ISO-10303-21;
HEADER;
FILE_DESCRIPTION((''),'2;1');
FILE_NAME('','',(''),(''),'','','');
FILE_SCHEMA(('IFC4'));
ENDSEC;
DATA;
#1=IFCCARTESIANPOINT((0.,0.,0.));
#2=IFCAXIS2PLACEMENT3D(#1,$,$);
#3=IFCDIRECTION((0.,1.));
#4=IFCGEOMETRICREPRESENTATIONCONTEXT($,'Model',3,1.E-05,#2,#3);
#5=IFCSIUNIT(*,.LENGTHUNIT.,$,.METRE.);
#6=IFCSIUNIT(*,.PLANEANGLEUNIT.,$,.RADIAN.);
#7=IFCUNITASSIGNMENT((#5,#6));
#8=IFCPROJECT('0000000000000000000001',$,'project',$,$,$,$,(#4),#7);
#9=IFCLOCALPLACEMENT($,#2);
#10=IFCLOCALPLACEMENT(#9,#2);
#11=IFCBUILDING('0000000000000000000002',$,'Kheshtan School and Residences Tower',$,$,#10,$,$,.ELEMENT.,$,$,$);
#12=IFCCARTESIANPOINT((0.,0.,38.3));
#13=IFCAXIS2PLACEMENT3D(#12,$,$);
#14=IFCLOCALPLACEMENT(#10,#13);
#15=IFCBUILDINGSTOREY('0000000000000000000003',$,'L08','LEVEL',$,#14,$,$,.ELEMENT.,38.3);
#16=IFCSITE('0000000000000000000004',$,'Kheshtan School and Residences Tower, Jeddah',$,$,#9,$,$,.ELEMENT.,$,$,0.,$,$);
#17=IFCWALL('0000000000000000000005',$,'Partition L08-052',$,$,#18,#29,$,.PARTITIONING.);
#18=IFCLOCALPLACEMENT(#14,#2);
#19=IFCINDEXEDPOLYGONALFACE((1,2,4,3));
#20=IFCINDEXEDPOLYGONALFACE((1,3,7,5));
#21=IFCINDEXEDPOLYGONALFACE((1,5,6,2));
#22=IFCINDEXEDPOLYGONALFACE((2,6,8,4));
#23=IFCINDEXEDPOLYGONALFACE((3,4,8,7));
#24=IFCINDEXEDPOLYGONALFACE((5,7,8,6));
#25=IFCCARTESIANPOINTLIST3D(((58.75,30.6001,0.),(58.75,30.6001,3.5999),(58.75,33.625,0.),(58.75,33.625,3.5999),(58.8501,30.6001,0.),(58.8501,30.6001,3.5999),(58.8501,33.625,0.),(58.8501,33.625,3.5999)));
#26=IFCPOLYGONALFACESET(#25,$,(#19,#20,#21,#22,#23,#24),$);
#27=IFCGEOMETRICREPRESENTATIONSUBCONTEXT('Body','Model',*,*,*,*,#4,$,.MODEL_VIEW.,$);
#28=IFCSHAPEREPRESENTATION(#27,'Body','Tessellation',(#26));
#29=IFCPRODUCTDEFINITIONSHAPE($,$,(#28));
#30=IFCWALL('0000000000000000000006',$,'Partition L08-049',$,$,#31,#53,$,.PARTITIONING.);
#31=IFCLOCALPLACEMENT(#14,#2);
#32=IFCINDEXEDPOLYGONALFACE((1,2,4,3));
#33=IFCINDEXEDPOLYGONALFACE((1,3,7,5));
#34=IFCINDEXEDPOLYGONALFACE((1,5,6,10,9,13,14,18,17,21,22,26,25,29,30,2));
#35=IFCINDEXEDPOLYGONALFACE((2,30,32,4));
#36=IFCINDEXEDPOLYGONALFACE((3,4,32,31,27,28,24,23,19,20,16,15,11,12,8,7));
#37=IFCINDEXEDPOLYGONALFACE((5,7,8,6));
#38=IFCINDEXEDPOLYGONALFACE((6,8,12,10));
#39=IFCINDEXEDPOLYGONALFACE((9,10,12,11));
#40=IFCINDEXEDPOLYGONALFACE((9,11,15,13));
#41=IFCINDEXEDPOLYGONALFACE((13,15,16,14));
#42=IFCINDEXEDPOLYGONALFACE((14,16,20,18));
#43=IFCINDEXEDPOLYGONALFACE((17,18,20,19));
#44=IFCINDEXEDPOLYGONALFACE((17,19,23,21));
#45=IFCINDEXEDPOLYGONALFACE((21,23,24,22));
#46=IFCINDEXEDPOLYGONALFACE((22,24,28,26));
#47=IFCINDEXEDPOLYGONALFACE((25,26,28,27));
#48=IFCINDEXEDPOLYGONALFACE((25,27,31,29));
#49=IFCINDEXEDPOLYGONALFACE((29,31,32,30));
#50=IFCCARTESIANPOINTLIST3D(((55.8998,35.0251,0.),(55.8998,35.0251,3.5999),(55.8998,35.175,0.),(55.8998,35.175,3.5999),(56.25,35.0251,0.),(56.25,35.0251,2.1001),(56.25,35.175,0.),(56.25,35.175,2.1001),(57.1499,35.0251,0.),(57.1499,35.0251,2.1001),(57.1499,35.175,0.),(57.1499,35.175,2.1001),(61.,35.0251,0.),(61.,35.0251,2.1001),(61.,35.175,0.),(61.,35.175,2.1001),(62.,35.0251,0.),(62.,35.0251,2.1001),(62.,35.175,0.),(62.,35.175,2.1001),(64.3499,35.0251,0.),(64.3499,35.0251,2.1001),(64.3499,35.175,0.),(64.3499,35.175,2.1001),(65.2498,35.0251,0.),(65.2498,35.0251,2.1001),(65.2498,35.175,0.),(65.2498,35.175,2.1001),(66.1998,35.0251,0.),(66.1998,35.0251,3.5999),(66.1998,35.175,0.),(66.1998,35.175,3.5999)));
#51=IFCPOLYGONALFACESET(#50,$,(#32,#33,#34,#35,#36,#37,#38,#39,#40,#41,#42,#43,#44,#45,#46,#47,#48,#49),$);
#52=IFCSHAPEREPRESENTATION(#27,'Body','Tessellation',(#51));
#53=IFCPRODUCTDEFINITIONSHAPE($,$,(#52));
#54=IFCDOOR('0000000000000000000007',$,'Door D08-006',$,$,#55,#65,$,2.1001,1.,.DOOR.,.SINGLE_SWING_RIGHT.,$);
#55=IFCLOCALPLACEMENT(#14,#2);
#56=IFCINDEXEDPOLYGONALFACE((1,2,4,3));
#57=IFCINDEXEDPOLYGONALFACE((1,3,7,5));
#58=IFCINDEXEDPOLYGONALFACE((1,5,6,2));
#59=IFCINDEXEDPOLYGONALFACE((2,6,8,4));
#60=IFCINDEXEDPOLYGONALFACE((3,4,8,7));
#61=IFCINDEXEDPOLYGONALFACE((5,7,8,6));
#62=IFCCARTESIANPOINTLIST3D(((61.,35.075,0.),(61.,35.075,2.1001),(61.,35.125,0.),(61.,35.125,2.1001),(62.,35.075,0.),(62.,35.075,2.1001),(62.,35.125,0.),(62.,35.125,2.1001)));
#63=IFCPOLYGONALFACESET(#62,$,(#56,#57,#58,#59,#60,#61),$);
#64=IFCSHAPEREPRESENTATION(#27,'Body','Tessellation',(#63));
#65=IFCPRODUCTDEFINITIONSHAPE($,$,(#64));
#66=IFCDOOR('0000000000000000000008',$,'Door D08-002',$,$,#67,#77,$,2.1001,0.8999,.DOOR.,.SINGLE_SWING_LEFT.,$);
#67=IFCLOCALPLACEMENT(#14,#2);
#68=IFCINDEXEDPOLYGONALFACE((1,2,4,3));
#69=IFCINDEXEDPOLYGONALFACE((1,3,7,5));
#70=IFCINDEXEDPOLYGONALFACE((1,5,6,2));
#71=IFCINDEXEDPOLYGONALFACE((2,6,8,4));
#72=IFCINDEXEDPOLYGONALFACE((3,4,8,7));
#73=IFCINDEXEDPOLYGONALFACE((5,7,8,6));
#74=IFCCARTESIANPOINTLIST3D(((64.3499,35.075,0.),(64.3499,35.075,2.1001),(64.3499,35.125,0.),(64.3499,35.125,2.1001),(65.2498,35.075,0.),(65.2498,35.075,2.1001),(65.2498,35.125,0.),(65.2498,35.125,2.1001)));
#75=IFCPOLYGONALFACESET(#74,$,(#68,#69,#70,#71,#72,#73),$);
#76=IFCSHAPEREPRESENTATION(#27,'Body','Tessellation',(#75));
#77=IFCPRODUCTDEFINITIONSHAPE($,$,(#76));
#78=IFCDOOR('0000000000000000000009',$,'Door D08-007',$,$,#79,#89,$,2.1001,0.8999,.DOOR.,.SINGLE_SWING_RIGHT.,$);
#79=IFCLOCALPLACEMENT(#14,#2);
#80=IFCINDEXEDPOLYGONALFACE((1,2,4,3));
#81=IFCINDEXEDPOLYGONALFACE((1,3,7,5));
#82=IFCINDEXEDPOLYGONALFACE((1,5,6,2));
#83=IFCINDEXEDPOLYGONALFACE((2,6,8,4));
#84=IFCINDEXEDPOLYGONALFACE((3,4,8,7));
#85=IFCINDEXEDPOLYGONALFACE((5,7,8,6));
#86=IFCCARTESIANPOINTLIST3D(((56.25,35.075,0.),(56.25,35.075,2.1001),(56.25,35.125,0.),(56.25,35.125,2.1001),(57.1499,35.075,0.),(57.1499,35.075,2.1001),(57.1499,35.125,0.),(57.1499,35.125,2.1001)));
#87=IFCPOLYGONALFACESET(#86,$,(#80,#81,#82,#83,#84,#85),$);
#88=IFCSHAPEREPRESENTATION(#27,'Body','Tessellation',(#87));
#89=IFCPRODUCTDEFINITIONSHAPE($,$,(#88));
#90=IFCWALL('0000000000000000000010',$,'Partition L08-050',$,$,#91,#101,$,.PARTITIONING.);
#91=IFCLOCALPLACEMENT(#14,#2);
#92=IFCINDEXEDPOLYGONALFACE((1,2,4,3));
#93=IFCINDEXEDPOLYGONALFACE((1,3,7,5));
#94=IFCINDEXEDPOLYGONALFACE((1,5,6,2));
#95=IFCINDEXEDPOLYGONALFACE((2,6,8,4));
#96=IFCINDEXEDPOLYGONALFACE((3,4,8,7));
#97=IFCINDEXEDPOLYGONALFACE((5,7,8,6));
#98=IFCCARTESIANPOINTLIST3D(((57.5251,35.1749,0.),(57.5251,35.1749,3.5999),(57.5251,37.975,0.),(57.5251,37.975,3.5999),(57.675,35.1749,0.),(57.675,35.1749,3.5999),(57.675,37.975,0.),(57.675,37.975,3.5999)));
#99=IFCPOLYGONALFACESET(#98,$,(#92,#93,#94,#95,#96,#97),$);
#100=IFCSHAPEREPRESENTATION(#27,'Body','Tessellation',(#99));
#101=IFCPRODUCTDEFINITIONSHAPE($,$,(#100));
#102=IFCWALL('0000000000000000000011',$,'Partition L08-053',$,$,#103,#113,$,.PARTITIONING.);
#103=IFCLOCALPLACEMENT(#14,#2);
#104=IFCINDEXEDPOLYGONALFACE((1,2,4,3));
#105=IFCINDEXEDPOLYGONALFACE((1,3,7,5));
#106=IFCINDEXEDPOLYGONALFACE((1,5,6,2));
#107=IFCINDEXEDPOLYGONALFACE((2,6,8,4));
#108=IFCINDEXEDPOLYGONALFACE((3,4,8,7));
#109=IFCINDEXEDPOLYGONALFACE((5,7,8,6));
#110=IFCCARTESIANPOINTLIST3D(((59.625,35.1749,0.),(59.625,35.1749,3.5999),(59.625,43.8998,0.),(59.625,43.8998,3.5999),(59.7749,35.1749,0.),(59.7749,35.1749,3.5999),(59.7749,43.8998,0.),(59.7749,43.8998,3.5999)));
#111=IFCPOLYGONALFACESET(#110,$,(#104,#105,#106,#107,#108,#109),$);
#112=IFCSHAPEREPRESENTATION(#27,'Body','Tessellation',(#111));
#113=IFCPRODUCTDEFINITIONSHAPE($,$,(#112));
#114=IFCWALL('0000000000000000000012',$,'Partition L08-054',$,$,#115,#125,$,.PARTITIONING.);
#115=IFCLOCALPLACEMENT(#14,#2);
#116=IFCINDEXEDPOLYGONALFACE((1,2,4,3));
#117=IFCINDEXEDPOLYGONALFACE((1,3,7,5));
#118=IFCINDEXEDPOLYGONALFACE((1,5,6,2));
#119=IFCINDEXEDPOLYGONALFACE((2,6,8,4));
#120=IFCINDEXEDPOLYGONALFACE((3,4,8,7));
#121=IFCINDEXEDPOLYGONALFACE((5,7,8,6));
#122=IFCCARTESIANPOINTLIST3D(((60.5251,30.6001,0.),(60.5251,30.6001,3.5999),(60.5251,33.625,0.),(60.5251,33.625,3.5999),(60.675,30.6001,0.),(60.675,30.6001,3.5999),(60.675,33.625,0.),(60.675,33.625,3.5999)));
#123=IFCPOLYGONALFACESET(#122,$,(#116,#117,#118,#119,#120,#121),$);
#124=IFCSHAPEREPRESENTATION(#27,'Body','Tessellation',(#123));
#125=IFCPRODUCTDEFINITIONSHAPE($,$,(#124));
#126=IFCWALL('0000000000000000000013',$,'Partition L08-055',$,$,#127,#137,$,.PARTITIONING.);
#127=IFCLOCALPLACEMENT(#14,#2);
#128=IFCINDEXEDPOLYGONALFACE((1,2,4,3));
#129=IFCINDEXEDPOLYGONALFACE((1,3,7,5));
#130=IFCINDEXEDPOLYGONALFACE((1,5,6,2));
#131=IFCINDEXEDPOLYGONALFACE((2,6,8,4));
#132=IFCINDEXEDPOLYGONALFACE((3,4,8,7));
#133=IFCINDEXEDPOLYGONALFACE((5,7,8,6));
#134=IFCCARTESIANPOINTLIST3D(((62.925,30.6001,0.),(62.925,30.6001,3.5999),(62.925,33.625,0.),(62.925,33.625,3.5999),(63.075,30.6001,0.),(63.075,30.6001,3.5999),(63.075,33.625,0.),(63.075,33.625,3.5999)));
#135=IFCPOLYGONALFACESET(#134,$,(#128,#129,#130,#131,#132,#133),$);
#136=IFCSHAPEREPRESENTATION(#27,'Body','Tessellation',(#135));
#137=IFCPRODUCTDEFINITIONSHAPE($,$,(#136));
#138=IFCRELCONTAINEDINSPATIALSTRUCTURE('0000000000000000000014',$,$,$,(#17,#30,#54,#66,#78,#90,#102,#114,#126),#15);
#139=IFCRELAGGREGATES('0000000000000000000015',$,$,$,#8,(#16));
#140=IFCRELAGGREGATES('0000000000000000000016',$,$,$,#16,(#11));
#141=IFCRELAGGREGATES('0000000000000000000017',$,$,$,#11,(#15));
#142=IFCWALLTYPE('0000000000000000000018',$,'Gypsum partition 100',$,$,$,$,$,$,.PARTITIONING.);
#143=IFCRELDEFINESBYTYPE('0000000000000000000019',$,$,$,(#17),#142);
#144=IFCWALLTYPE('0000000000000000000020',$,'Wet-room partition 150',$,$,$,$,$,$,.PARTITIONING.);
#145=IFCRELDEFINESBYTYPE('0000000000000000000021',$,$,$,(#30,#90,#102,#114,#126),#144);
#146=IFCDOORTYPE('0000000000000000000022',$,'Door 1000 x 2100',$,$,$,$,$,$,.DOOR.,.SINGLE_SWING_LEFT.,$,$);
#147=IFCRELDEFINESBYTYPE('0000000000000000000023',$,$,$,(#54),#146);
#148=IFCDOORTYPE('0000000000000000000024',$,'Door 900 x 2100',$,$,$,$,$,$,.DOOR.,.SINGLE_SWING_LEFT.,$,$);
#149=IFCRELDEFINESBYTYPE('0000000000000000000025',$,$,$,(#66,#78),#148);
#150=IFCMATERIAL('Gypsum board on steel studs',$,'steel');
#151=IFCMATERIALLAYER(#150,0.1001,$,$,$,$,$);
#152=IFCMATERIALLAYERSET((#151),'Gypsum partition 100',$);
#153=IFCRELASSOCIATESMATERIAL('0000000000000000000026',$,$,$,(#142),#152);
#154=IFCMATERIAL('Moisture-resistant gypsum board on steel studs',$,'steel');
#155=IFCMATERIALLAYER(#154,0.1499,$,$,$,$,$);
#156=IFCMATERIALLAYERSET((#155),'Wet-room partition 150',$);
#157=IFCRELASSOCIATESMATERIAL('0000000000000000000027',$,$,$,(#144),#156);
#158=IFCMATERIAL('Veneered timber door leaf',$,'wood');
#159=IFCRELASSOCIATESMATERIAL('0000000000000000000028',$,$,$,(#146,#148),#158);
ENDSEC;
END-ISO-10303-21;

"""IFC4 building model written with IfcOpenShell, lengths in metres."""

from ifc_helpers import new_model, si_unit, direction, frame, frame_2d, origin, place, context, subcontext, project, spatial, rectangle, extrude, source, transform, mapped, material, layer, layer_set, type_object, element, fill, save


model = new_model("IFC4")

# Units and contexts
model_context = context("Model", 3, precision=1e-05, world=origin(), true_north=direction((0.0, 1.0)))
body_context = subcontext(model_context, "Body", "Model", "MODEL_VIEW")
ifc_project = project(units=[si_unit("LENGTHUNIT", "METRE"), si_unit("PLANEANGLEUNIT", "RADIAN")], contexts=[model_context])

# Site, building, storey
site_placement = place(None, origin())
site = spatial("IfcSite", under=ifc_project, at=site_placement, Name="Kheshtan School and Residences Tower, Jeddah", CompositionType="ELEMENT", RefElevation=0.0)
building_placement = place(site_placement, origin())
building = spatial("IfcBuilding", under=site, at=building_placement, Name="Kheshtan School and Residences Tower", CompositionType="ELEMENT")
storey_placement = place(building_placement, frame((0.0, 0.0, 38.3)))
storey = spatial("IfcBuildingStorey", under=building, at=storey_placement, Name="L08", Description="LEVEL", CompositionType="ELEMENT", Elevation=38.3)

# Wall
ifc_material_1 = material(Name="Gypsum board on steel studs", Category="steel")
ifc_layer_1 = layer(ifc_material_1, 0.1001)
ifc_layer_set_1 = layer_set([ifc_layer_1], Name="Gypsum partition 100")
wall_type_1 = type_object("IfcWallType", Name="Gypsum partition 100", PredefinedType="PARTITIONING", material=ifc_layer_set_1)
wall_1_placement = place(storey_placement, frame((58.8, 30.6001, 0.0), z_axis=(0.0, 0.0, 1.0), x_axis=(0.0, 1.0, 0.0)))
element("IfcWall", 1, at=wall_1_placement, inside=storey, type_object=wall_type_1, Name="Partition L08-052", PredefinedType="PARTITIONING", context=body_context, shape_type="SweptSolid", body=[
    extrude(rectangle(XDim=3.0249, YDim=0.1001, at=frame_2d((1.5125, 0.0))), origin(), (0.0, 0.0, 1.0), 3.5999),
])

# Wall, openings, doors
ifc_material_2 = material(Name="Moisture-resistant gypsum board on steel studs", Category="steel")
ifc_layer_2 = layer(ifc_material_2, 0.1499)
ifc_layer_set_2 = layer_set([ifc_layer_2], Name="Wet-room partition 150")
wall_type_2 = type_object("IfcWallType", Name="Wet-room partition 150", PredefinedType="PARTITIONING", material=ifc_layer_set_2)
wall_2_placement = place(storey_placement, frame((55.8999, 35.1001, 0.0), z_axis=(0.0, 0.0, 1.0), x_axis=(1.0, 0.0, 0.0)))
wall_2 = element("IfcWall", 2, at=wall_2_placement, inside=storey, type_object=wall_type_2, Name="Partition L08-049", PredefinedType="PARTITIONING", context=body_context, shape_type="SweptSolid", body=[
    extrude(rectangle(XDim=10.3, YDim=0.1499, at=frame_2d((5.1499, 0.0))), origin(), (0.0, 0.0, 1.0), 3.5999),
])
opening_1_placement = place(wall_2_placement, frame((8.45, 0.0, 0.0)))
opening_1 = element("IfcOpeningElement", 3, at=opening_1_placement, cuts=wall_2, PredefinedType="OPENING", context=body_context, shape_type="SweptSolid", body=[
    extrude(rectangle(XDim=0.8999, YDim=2.1001, at=frame_2d((0.45, 1.05))), frame((0.0, 0.085, 0.0), z_axis=(0.0, -1.0, 0.0), x_axis=(1.0, 0.0, 0.0)), (0.0, 0.0, 1.0), 0.1699),
])
opening_2_placement = place(wall_2_placement, frame((5.1001, 0.0, 0.0)))
opening_2 = element("IfcOpeningElement", 4, at=opening_2_placement, cuts=wall_2, PredefinedType="OPENING", context=body_context, shape_type="SweptSolid", body=[
    extrude(rectangle(XDim=1.0, YDim=2.1001, at=frame_2d((0.5, 1.05))), frame((0.0, 0.085, 0.0), z_axis=(0.0, -1.0, 0.0), x_axis=(1.0, 0.0, 0.0)), (0.0, 0.0, 1.0), 0.1699),
])
opening_3_placement = place(wall_2_placement, frame((0.3501, 0.0, 0.0)))
opening_3 = element("IfcOpeningElement", 5, at=opening_3_placement, cuts=wall_2, PredefinedType="OPENING", context=body_context, shape_type="SweptSolid", body=[
    extrude(rectangle(XDim=0.8999, YDim=2.1001, at=frame_2d((0.45, 1.05))), frame((0.0, 0.085, 0.0), z_axis=(0.0, -1.0, 0.0), x_axis=(1.0, 0.0, 0.0)), (0.0, 0.0, 1.0), 0.1699),
])
ifc_material_3 = material(Name="Veneered timber door leaf", Category="wood")
door_type_1 = type_object("IfcDoorType", Name="Door 1000 x 2100", OperationType="SINGLE_SWING_LEFT", PredefinedType="DOOR", material=ifc_material_3)
shared_shape_1 = source(origin(), body_context, "Body", "SweptSolid", [
    extrude(rectangle(XDim=1.0, YDim=2.1001, at=frame_2d((0.5, 1.05))), frame((0.0, 0.0249, 0.0), z_axis=(0.0, -1.0, 0.0), x_axis=(1.0, 0.0, 0.0)), (0.0, 0.0, 1.0), 0.05),
])
door_1_placement = place(opening_2_placement, origin())
door_1 = element("IfcDoor", 6, at=door_1_placement, inside=storey, type_object=door_type_1, Name="Door D08-006", OperationType="SINGLE_SWING_RIGHT", OverallHeight=2.1001, OverallWidth=1.0, PredefinedType="DOOR", context=body_context, shape_type="MappedRepresentation", body=[
    mapped(shared_shape_1, transform((0.0, 0.0, 0.0), x_axis=(1.0, 0.0, 0.0), y_axis=(0.0, 1.0, 0.0), z_axis=(0.0, 0.0, 1.0), scale=1.0)),
])
fill(opening_2, door_1)
door_type_2 = type_object("IfcDoorType", Name="Door 900 x 2100", OperationType="SINGLE_SWING_LEFT", PredefinedType="DOOR", material=ifc_material_3)
shared_shape_2 = source(origin(), body_context, "Body", "SweptSolid", [
    extrude(rectangle(XDim=0.8999, YDim=2.1001, at=frame_2d((0.45, 1.05))), frame((0.0, 0.0249, 0.0), z_axis=(0.0, -1.0, 0.0), x_axis=(1.0, 0.0, 0.0)), (0.0, 0.0, 1.0), 0.05),
])
door_2_placement = place(opening_1_placement, origin())
door_2 = element("IfcDoor", 7, at=door_2_placement, inside=storey, type_object=door_type_2, Name="Door D08-002", OperationType="SINGLE_SWING_LEFT", OverallHeight=2.1001, OverallWidth=0.8999, PredefinedType="DOOR", context=body_context, shape_type="MappedRepresentation", body=[
    mapped(shared_shape_2, transform((0.0, 0.0, 0.0), x_axis=(1.0, 0.0, 0.0), y_axis=(0.0, 1.0, 0.0), z_axis=(0.0, 0.0, 1.0), scale=1.0)),
])
fill(opening_1, door_2)
door_3_placement = place(opening_3_placement, origin())
door_3 = element("IfcDoor", 8, at=door_3_placement, inside=storey, type_object=door_type_2, Name="Door D08-007", OperationType="SINGLE_SWING_RIGHT", OverallHeight=2.1001, OverallWidth=0.8999, PredefinedType="DOOR", context=body_context, shape_type="MappedRepresentation", body=[
    mapped(shared_shape_2, transform((0.0, 0.0, 0.0), x_axis=(1.0, 0.0, 0.0), y_axis=(0.0, 1.0, 0.0), z_axis=(0.0, 0.0, 1.0), scale=1.0)),
])
fill(opening_3, door_3)

# Walls
wall_3_placement = place(storey_placement, frame((57.6001, 35.175, 0.0), z_axis=(0.0, 0.0, 1.0), x_axis=(0.0, 1.0, 0.0)))
element("IfcWall", 9, at=wall_3_placement, inside=storey, type_object=wall_type_2, Name="Partition L08-050", PredefinedType="PARTITIONING", context=body_context, shape_type="SweptSolid", body=[
    extrude(rectangle(XDim=2.8, YDim=0.1499, at=frame_2d((1.3999, 0.0))), origin(), (0.0, 0.0, 1.0), 3.5999),
])
wall_4_placement = place(storey_placement, frame((59.7, 35.175, 0.0), z_axis=(0.0, 0.0, 1.0), x_axis=(0.0, 1.0, 0.0)))
element("IfcWall", 10, at=wall_4_placement, inside=storey, type_object=wall_type_2, Name="Partition L08-053", PredefinedType="PARTITIONING", context=body_context, shape_type="SweptSolid", body=[
    extrude(rectangle(XDim=8.7249, YDim=0.1499, at=frame_2d((4.3623, 0.0))), origin(), (0.0, 0.0, 1.0), 3.5999),
])
for number, where, z_axis, x_axis, name in (
    (11, (60.6001, 30.6001, 0.0), (0.0, 0.0, 1.0), (0.0, 1.0, 0.0), "Partition L08-054"),
    (12, (63.0, 30.6001, 0.0), (0.0, 0.0, 1.0), (0.0, 1.0, 0.0), "Partition L08-055"),
):
    element("IfcWall", number, at=place(storey_placement, frame(where, z_axis=z_axis, x_axis=x_axis)), inside=storey, type_object=wall_type_2, Name=name, PredefinedType="PARTITIONING", context=body_context, shape_type="SweptSolid", body=[
        extrude(rectangle(XDim=3.0249, YDim=0.1499, at=frame_2d((1.5125, 0.0))), origin(), (0.0, 0.0, 1.0), 3.5999),
    ])

save(model, "model.ifc")
